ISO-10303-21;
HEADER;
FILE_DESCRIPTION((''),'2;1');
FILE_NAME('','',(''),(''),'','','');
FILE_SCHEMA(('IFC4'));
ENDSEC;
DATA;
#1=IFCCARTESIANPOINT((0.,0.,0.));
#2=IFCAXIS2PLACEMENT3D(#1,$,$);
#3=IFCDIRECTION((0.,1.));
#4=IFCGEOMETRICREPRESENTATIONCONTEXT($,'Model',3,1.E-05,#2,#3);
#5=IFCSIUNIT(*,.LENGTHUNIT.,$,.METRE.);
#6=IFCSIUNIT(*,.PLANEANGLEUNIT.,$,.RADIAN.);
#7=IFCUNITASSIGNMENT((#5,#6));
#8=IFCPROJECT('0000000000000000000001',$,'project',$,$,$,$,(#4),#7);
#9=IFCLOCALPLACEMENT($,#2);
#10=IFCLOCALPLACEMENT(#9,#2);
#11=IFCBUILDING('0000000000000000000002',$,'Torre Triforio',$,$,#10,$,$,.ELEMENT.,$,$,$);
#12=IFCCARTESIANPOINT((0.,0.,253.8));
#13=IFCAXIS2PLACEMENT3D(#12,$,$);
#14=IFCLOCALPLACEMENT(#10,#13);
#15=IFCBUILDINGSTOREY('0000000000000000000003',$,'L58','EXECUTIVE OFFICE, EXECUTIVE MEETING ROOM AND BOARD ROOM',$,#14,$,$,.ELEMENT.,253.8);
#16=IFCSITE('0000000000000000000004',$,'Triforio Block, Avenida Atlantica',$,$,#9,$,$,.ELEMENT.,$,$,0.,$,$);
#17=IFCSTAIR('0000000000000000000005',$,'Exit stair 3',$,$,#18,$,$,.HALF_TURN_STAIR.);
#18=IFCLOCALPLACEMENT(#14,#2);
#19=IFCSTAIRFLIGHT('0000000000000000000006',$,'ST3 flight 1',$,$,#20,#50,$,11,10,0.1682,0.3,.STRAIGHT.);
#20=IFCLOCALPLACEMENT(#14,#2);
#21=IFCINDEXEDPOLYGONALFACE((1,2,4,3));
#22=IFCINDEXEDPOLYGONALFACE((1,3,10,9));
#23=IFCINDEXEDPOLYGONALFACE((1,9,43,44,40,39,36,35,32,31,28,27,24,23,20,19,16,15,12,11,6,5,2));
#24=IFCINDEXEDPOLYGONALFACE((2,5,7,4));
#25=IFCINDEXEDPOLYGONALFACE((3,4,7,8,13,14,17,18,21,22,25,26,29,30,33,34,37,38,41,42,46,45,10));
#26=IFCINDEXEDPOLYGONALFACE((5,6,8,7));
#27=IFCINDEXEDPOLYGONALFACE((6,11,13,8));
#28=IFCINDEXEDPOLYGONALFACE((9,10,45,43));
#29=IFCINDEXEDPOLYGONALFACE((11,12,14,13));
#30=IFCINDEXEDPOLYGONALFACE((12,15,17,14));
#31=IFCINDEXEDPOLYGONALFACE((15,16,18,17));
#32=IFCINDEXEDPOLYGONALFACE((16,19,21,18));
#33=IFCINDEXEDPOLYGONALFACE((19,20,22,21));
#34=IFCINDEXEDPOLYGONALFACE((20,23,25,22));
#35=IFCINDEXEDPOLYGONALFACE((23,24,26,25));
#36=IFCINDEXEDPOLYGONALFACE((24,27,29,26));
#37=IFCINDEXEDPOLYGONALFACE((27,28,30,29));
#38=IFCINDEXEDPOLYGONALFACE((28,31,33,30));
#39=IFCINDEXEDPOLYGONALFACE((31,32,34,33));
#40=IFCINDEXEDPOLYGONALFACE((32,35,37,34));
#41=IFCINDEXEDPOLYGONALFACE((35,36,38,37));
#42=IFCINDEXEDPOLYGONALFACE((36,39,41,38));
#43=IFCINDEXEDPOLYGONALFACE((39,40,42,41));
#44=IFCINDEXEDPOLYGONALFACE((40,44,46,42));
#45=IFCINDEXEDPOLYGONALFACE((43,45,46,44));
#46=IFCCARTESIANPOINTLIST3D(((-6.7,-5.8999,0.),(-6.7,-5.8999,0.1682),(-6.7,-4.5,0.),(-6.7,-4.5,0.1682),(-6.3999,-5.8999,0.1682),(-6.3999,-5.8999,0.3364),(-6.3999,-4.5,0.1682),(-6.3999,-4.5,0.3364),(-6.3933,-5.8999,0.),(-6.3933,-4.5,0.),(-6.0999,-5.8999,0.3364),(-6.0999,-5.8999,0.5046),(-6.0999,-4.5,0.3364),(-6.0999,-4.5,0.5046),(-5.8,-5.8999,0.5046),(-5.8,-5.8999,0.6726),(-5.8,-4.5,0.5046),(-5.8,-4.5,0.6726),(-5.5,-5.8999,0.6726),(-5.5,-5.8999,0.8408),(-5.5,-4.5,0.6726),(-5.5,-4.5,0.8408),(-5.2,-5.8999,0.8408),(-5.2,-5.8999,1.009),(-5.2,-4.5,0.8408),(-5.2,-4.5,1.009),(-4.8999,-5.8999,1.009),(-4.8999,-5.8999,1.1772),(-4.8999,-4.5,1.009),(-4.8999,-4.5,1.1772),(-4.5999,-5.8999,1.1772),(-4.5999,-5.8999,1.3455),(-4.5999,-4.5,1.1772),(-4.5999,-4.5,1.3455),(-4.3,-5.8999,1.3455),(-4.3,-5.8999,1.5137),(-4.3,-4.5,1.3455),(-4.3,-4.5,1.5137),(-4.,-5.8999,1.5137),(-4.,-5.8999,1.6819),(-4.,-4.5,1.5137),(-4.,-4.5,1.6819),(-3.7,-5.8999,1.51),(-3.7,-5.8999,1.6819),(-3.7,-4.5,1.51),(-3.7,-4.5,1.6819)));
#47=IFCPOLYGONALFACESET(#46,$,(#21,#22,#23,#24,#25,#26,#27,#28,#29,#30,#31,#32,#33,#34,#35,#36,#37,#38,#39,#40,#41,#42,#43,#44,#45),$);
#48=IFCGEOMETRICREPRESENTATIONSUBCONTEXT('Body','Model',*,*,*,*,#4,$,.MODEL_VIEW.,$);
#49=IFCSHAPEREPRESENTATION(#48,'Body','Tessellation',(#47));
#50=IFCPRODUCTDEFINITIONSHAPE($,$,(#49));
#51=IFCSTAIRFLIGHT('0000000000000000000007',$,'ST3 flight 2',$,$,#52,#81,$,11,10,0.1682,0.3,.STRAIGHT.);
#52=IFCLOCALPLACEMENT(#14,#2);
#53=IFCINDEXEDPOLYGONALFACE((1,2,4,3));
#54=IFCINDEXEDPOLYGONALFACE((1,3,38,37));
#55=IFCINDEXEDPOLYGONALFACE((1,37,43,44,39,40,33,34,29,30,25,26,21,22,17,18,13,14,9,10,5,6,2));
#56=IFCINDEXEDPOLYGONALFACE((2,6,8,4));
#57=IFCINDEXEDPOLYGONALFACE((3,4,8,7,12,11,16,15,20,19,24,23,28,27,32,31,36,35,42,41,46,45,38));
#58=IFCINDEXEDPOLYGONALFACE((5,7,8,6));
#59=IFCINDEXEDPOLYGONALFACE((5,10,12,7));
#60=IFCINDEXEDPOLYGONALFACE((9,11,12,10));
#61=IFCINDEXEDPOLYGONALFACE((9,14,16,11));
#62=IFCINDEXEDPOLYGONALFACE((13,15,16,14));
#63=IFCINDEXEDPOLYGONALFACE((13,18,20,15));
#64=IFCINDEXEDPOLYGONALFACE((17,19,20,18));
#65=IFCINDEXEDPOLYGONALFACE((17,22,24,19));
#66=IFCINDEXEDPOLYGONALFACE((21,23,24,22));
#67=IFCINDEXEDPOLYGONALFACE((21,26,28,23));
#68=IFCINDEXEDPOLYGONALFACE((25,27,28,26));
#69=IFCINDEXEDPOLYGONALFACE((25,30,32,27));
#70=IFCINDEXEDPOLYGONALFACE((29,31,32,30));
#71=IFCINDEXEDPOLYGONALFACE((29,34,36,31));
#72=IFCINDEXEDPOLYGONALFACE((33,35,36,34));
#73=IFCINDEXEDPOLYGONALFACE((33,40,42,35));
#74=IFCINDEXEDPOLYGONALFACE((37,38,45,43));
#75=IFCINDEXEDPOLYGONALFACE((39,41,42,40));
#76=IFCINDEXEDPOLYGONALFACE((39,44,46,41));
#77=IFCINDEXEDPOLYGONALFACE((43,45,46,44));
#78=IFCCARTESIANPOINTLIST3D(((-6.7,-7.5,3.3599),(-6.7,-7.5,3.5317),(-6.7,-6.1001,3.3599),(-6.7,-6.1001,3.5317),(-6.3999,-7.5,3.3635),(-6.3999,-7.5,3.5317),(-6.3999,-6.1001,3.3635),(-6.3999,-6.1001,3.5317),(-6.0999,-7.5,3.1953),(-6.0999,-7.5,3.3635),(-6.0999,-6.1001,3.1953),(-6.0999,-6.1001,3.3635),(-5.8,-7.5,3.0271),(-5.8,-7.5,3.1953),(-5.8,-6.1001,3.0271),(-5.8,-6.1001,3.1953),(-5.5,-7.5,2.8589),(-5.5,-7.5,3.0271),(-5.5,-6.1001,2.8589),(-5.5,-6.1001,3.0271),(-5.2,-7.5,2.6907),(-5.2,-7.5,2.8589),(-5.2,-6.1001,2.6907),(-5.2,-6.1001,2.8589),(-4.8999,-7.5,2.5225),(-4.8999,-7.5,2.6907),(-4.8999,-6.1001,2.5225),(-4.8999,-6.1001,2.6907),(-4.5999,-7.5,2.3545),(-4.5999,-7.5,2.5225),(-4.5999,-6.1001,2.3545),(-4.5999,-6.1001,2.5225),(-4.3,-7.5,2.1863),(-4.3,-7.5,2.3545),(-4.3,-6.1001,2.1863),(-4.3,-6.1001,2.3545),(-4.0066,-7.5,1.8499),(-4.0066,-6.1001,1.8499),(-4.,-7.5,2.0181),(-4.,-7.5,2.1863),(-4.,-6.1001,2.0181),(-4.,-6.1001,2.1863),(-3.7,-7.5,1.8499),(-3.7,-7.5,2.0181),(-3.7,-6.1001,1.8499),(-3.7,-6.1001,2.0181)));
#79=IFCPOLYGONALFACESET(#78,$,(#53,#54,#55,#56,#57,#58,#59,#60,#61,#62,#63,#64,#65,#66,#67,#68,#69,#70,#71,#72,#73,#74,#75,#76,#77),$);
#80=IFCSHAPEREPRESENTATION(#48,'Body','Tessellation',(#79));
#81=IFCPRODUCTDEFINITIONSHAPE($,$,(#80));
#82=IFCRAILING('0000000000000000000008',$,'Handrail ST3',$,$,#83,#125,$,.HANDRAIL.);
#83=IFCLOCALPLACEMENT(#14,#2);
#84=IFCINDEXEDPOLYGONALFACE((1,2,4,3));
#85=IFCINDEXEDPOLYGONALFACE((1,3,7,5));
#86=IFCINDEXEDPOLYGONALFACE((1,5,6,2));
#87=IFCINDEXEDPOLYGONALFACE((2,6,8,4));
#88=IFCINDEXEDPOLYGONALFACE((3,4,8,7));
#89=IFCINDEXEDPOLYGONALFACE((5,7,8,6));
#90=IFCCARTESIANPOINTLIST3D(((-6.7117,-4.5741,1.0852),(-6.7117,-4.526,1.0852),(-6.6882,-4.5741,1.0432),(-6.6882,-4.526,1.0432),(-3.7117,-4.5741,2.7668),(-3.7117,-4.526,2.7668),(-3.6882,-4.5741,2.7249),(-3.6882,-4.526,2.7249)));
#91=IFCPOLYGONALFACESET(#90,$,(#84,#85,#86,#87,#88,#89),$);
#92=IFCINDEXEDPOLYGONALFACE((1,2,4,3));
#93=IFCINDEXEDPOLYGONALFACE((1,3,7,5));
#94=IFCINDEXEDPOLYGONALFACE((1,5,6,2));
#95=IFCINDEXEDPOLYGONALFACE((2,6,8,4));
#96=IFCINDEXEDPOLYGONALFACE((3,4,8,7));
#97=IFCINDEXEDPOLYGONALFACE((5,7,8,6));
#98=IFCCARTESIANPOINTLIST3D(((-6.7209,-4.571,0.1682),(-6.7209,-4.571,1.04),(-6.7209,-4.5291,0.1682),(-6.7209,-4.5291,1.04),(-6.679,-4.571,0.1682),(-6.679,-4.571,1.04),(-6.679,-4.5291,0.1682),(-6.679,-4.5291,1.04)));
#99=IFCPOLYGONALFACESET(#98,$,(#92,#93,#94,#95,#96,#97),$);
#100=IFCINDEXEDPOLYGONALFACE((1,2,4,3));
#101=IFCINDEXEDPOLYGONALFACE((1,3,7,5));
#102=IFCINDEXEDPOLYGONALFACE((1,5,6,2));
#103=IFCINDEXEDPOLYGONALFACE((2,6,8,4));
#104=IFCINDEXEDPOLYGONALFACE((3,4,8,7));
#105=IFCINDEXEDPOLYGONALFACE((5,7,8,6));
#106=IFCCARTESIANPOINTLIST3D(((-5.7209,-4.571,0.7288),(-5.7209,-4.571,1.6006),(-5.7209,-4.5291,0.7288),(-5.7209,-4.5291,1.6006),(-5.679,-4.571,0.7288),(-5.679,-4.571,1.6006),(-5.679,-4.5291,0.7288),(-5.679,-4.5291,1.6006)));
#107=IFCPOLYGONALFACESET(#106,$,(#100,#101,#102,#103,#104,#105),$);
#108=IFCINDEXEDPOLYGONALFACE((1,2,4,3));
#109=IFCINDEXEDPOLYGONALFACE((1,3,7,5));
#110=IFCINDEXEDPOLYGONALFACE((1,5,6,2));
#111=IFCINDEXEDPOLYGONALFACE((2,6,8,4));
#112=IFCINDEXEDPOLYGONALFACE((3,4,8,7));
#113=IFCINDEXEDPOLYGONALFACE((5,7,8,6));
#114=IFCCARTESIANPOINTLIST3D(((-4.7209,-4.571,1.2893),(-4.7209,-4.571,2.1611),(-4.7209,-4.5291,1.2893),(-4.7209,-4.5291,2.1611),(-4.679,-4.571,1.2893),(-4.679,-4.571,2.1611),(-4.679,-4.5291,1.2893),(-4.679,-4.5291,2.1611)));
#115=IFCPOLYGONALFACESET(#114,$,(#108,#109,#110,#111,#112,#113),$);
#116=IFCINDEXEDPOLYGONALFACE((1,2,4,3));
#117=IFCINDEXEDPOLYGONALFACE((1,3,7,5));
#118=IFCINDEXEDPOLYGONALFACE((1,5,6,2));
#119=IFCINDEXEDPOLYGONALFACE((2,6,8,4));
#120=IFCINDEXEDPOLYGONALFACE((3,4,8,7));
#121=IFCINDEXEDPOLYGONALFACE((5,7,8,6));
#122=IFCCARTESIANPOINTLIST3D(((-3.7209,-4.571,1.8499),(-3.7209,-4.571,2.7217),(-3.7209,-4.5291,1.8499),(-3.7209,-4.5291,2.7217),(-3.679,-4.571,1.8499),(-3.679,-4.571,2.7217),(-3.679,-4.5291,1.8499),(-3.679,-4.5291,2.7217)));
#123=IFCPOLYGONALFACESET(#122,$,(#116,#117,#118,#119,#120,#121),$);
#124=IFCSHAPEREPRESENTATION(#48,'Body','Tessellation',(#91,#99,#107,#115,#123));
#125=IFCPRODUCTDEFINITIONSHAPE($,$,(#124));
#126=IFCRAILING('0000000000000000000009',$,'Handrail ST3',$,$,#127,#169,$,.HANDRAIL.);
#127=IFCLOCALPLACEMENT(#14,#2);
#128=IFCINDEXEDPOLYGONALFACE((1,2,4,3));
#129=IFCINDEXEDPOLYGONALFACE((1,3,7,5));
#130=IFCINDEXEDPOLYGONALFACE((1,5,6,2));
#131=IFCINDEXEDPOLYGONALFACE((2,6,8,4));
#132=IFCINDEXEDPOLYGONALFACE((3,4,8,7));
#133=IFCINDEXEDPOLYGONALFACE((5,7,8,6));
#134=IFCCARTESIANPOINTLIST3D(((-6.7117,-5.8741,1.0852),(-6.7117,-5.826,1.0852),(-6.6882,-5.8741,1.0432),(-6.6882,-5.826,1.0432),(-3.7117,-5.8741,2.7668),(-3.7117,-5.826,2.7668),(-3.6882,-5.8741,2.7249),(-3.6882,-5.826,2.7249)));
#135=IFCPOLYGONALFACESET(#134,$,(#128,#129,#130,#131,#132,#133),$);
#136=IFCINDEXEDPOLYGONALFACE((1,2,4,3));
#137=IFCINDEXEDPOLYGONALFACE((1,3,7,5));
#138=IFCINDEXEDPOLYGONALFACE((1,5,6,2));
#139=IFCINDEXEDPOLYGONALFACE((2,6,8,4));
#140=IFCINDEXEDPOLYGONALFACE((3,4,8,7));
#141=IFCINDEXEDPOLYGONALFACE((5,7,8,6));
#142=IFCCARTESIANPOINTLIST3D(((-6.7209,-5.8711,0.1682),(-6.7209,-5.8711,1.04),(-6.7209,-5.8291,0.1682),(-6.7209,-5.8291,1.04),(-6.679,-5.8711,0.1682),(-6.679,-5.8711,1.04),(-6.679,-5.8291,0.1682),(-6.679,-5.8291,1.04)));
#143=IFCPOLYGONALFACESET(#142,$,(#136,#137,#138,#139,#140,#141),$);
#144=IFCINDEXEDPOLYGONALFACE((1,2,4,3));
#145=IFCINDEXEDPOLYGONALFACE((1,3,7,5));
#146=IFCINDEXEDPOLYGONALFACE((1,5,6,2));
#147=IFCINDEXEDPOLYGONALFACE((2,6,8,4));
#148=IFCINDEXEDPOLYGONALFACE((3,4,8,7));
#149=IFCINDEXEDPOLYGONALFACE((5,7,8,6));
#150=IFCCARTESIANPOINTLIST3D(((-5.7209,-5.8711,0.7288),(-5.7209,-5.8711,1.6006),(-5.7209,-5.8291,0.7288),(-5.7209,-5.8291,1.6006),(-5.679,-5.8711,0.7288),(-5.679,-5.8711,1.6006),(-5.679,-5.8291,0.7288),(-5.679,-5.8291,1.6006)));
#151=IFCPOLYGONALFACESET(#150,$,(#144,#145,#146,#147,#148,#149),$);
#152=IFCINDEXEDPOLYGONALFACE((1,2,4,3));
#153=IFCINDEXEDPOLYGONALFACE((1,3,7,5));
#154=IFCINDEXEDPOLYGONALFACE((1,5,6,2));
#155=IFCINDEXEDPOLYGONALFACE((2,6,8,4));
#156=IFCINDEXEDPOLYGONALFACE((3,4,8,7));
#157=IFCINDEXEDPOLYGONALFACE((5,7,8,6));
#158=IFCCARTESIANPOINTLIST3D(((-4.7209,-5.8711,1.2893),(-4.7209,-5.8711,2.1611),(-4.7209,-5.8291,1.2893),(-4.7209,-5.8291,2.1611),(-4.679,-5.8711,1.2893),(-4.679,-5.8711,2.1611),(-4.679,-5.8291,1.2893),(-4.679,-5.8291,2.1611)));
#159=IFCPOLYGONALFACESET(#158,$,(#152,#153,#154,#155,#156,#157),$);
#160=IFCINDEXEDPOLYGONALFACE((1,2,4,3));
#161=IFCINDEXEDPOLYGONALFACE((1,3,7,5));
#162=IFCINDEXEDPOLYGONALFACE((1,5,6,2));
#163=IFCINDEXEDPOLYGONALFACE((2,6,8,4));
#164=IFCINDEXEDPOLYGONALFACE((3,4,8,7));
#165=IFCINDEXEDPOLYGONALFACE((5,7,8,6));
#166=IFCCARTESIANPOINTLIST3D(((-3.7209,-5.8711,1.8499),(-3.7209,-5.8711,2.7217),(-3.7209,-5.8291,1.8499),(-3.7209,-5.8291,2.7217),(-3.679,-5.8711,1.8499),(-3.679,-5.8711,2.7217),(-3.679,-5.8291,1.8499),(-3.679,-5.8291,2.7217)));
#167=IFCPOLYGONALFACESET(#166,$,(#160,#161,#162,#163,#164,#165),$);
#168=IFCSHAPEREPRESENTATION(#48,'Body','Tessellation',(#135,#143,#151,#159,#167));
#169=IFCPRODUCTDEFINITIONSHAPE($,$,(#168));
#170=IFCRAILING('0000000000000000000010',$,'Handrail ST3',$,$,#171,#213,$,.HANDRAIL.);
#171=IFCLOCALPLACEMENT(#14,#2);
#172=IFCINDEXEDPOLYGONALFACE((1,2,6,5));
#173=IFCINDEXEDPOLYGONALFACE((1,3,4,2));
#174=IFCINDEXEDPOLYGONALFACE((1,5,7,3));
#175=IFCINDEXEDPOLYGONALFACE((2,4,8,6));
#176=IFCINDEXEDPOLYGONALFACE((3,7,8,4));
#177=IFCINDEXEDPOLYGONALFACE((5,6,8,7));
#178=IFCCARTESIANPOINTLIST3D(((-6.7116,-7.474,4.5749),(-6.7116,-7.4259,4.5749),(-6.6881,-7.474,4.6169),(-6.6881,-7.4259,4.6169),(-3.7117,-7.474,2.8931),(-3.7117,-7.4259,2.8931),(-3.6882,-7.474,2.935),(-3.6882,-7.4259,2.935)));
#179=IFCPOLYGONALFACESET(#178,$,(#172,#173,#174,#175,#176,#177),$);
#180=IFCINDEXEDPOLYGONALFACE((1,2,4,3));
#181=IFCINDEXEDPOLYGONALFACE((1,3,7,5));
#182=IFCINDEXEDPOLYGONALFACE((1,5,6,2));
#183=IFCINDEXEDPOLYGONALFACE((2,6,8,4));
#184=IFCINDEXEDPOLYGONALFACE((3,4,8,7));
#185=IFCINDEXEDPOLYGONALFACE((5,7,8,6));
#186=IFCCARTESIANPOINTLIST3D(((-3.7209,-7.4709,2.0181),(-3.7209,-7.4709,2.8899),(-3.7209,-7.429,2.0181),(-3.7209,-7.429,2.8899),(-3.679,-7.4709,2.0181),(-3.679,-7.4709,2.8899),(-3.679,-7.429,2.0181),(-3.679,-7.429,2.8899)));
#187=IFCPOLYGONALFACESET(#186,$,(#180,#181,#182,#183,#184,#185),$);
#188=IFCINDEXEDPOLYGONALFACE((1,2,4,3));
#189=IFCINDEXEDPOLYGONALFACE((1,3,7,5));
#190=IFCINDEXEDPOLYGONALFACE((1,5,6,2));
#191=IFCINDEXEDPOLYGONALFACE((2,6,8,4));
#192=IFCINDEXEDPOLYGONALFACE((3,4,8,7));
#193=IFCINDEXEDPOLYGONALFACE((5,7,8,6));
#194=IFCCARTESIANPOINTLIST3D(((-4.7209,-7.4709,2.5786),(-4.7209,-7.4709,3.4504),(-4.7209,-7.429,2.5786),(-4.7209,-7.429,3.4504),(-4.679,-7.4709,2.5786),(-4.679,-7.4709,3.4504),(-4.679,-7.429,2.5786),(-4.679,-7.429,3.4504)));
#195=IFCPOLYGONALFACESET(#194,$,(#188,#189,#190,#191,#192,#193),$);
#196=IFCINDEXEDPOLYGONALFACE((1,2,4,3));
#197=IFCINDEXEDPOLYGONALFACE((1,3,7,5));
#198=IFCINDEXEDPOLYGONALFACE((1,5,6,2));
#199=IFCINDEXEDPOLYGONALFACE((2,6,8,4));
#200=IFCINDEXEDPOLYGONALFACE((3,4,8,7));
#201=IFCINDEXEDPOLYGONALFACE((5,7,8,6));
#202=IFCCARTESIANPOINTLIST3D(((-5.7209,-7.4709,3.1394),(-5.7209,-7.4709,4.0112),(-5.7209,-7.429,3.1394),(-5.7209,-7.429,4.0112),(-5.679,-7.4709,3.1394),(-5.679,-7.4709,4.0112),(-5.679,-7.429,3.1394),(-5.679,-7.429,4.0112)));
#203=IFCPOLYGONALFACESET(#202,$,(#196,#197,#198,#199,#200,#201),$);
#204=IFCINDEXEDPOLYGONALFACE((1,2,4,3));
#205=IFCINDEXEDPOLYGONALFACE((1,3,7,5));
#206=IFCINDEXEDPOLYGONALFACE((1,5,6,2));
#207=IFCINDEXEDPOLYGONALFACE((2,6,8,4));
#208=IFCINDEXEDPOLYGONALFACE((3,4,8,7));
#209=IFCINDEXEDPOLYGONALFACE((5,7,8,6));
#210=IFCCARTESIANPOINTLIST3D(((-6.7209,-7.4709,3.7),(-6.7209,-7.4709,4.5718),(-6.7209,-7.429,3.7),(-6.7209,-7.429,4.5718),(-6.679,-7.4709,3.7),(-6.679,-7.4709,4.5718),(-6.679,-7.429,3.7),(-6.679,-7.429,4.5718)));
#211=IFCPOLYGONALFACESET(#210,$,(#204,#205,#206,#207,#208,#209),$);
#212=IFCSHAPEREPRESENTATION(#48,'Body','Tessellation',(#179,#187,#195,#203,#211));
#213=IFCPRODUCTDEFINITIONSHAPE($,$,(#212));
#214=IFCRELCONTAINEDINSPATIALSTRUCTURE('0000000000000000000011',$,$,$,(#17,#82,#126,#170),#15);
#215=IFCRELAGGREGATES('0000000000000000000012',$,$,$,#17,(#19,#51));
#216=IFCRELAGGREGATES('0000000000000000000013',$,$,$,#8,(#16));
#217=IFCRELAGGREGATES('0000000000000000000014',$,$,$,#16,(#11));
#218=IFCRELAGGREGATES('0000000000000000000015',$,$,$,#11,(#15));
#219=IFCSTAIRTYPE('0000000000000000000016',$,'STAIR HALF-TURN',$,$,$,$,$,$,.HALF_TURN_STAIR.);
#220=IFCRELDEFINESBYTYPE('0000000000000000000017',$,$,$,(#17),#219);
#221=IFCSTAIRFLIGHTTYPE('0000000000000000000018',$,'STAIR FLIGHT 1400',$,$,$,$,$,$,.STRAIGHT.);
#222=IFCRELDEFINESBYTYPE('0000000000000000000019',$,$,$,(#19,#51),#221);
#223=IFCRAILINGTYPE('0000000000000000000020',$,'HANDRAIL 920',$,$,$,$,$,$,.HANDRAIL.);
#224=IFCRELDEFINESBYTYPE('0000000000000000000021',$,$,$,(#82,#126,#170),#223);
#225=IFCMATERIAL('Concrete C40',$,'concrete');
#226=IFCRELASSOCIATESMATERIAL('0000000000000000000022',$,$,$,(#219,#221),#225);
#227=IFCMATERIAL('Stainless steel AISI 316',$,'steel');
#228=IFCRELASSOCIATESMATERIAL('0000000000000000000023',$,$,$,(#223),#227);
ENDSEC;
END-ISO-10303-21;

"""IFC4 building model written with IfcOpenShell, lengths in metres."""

from ifc_helpers import new_model, si_unit, direction, frame, origin, origin_2d, place, context, subcontext, project, spatial, polyline, rectangle, outline, extrude, material, type_object, element, aggregate, save


model = new_model("IFC4")

# Units and contexts
model_context = context("Model", 3, precision=1e-05, world=origin(), true_north=direction((0.0, 1.0)))
body_context = subcontext(model_context, "Body", "Model", "MODEL_VIEW")
ifc_project = project(units=[si_unit("LENGTHUNIT", "METRE"), si_unit("PLANEANGLEUNIT", "RADIAN")], contexts=[model_context])

# Site, building, storey
site_placement = place(None, origin())
site = spatial("IfcSite", under=ifc_project, at=site_placement, Name="Triforio Block, Avenida Atlantica", CompositionType="ELEMENT", RefElevation=0.0)
building_placement = place(site_placement, origin())
building = spatial("IfcBuilding", under=site, at=building_placement, Name="Torre Triforio", CompositionType="ELEMENT")
storey_placement = place(building_placement, frame((0.0, 0.0, 253.8)))
storey = spatial("IfcBuildingStorey", under=building, at=storey_placement, Name="L58", Description="EXECUTIVE OFFICE, EXECUTIVE MEETING ROOM AND BOARD ROOM", CompositionType="ELEMENT", Elevation=253.8)

# Shared definitions
ifc_material_1 = material(Name="Concrete C40", Category="concrete")

# Stair, stair flights
stair_type = type_object("IfcStairType", Name="STAIR HALF-TURN", PredefinedType="HALF_TURN_STAIR", material=ifc_material_1)
stair_placement = place(storey_placement, origin())
stair = element("IfcStair", 1, at=stair_placement, inside=storey, type_object=stair_type, Name="Exit stair 3", PredefinedType="HALF_TURN_STAIR")
stair_flight_type = type_object("IfcStairFlightType", Name="STAIR FLIGHT 1400", PredefinedType="STRAIGHT", material=ifc_material_1)
stair_flight_1_placement = place(storey_placement, frame((-6.7, -5.2, 0.0), z_axis=(0.0, 0.0, 1.0), x_axis=(1.0, 0.0, 0.0)))
stair_flight_1 = element("IfcStairFlight", 2, at=stair_flight_1_placement, type_object=stair_flight_type, Name="ST3 flight 1", NumberOfRisers=11, NumberOfTreads=10, PredefinedType="STRAIGHT", RiserHeight=0.1682, TreadLength=0.3, context=body_context, shape_type="SweptSolid", body=[
    extrude(outline(polyline([(0.0, 0.0), (0.0, 0.1682), (0.3, 0.1682), (0.3, 0.3364), (0.6001, 0.3364), (0.6001, 0.5046), (0.8999, 0.5046), (0.8999, 0.6726), (1.2, 0.6726), (1.2, 0.8408), (1.5, 0.8408), (1.5, 1.009), (1.8, 1.009), (1.8, 1.1772), (2.1001, 1.1772), (2.1001, 1.3455), (2.3999, 1.3455), (2.3999, 1.5137), (2.7, 1.5137), (2.7, 1.6819), (3.0, 1.6819), (3.0, 1.8501), (3.0, 1.51), (0.3066, 0.0), (0.0, 0.0)])), frame((0.0, 0.7, 0.0), z_axis=(0.0, -1.0, 0.0), x_axis=(1.0, 0.0, 0.0)), (0.0, 0.0, 1.0), 1.3999),
])
stair_flight_2_placement = place(storey_placement, frame((-3.7, -6.8, 1.8499), z_axis=(0.0, 0.0, 1.0), x_axis=(-1.0, 0.0, 0.0)))
stair_flight_2 = element("IfcStairFlight", 3, at=stair_flight_2_placement, type_object=stair_flight_type, Name="ST3 flight 2", NumberOfRisers=11, NumberOfTreads=10, PredefinedType="STRAIGHT", RiserHeight=0.1682, TreadLength=0.3, context=body_context, shape_type="SweptSolid", body=[
    extrude(outline(polyline([(0.0, 0.0), (0.0, 0.1682), (0.3, 0.1682), (0.3, 0.3364), (0.6001, 0.3364), (0.6001, 0.5046), (0.8999, 0.5046), (0.8999, 0.6726), (1.2, 0.6726), (1.2, 0.8408), (1.5, 0.8408), (1.5, 1.009), (1.8, 1.009), (1.8, 1.1772), (2.1001, 1.1772), (2.1001, 1.3455), (2.3999, 1.3455), (2.3999, 1.5137), (2.7, 1.5137), (2.7, 1.6819), (3.0, 1.6819), (3.0, 1.8501), (3.0, 1.51), (0.3066, 0.0), (0.0, 0.0)])), frame((0.0, 0.7, 0.0), z_axis=(0.0, -1.0, 0.0), x_axis=(1.0, 0.0, 0.0)), (0.0, 0.0, 1.0), 1.3999),
])
aggregate(stair, [stair_flight_1, stair_flight_2])

# Railings
ifc_material_2 = material(Name="Stainless steel AISI 316", Category="steel")
railing_type = type_object("IfcRailingType", Name="HANDRAIL 920", PredefinedType="HANDRAIL", material=ifc_material_2)
for number, where, name in (
    (4, (-6.7, -4.55, 0.1682), "Handrail ST3"),
    (5, (-6.7, -5.8501, 0.1682), "Handrail ST3"),
):
    element("IfcRailing", number, at=place(storey_placement, frame(where)), inside=storey, type_object=railing_type, Name=name, PredefinedType="HANDRAIL", context=body_context, shape_type="SweptSolid", body=[
        extrude(rectangle(XDim=0.0481, YDim=0.0481, at=origin_2d()), frame((0.0, 0.0, 0.896), z_axis=(0.872303, 0.0, 0.488966), x_axis=(0.0, 1.0, 0.0)), (0.0, 0.0, 1.0), 3.4392),
        extrude(rectangle(XDim=0.042, YDim=0.042, at=origin_2d()), origin(), (0.0, 0.0, 1.0), 0.8718),
        extrude(rectangle(XDim=0.042, YDim=0.042, at=origin_2d()), frame((1.0, 0.0, 0.5605)), (0.0, 0.0, 1.0), 0.8718),
        extrude(rectangle(XDim=0.042, YDim=0.042, at=origin_2d()), frame((2.0, 0.0, 1.1211)), (0.0, 0.0, 1.0), 0.8718),
        extrude(rectangle(XDim=0.042, YDim=0.042, at=origin_2d()), frame((3.0, 0.0, 1.6816)), (0.0, 0.0, 1.0), 0.8718),
    ])
for number, where, name in (
    (6, (-3.7, -7.45, 2.0181), "Handrail ST3"),
):
    element("IfcRailing", number, at=place(storey_placement, frame(where)), inside=storey, type_object=railing_type, Name=name, PredefinedType="HANDRAIL", context=body_context, shape_type="SweptSolid", body=[
        extrude(rectangle(XDim=0.0481, YDim=0.0481, at=origin_2d()), frame((0.0, 0.0, 0.896), z_axis=(-0.872272, 0.0, 0.48902), x_axis=(0.0, -1.0, 0.0)), (0.0, 0.0, 1.0), 3.4392),
        extrude(rectangle(XDim=0.042, YDim=0.042, at=origin_2d()), origin(), (0.0, 0.0, 1.0), 0.8718),
        extrude(rectangle(XDim=0.042, YDim=0.042, at=origin_2d()), frame((-1.0, 0.0, 0.5605)), (0.0, 0.0, 1.0), 0.8718),
        extrude(rectangle(XDim=0.042, YDim=0.042, at=origin_2d()), frame((-2.0, 0.0, 1.1213)), (0.0, 0.0, 1.0), 0.8718),
        extrude(rectangle(XDim=0.042, YDim=0.042, at=origin_2d()), frame((-3.0, 0.0, 1.6819)), (0.0, 0.0, 1.0), 0.8718),
    ])

save(model, "model.ifc")
